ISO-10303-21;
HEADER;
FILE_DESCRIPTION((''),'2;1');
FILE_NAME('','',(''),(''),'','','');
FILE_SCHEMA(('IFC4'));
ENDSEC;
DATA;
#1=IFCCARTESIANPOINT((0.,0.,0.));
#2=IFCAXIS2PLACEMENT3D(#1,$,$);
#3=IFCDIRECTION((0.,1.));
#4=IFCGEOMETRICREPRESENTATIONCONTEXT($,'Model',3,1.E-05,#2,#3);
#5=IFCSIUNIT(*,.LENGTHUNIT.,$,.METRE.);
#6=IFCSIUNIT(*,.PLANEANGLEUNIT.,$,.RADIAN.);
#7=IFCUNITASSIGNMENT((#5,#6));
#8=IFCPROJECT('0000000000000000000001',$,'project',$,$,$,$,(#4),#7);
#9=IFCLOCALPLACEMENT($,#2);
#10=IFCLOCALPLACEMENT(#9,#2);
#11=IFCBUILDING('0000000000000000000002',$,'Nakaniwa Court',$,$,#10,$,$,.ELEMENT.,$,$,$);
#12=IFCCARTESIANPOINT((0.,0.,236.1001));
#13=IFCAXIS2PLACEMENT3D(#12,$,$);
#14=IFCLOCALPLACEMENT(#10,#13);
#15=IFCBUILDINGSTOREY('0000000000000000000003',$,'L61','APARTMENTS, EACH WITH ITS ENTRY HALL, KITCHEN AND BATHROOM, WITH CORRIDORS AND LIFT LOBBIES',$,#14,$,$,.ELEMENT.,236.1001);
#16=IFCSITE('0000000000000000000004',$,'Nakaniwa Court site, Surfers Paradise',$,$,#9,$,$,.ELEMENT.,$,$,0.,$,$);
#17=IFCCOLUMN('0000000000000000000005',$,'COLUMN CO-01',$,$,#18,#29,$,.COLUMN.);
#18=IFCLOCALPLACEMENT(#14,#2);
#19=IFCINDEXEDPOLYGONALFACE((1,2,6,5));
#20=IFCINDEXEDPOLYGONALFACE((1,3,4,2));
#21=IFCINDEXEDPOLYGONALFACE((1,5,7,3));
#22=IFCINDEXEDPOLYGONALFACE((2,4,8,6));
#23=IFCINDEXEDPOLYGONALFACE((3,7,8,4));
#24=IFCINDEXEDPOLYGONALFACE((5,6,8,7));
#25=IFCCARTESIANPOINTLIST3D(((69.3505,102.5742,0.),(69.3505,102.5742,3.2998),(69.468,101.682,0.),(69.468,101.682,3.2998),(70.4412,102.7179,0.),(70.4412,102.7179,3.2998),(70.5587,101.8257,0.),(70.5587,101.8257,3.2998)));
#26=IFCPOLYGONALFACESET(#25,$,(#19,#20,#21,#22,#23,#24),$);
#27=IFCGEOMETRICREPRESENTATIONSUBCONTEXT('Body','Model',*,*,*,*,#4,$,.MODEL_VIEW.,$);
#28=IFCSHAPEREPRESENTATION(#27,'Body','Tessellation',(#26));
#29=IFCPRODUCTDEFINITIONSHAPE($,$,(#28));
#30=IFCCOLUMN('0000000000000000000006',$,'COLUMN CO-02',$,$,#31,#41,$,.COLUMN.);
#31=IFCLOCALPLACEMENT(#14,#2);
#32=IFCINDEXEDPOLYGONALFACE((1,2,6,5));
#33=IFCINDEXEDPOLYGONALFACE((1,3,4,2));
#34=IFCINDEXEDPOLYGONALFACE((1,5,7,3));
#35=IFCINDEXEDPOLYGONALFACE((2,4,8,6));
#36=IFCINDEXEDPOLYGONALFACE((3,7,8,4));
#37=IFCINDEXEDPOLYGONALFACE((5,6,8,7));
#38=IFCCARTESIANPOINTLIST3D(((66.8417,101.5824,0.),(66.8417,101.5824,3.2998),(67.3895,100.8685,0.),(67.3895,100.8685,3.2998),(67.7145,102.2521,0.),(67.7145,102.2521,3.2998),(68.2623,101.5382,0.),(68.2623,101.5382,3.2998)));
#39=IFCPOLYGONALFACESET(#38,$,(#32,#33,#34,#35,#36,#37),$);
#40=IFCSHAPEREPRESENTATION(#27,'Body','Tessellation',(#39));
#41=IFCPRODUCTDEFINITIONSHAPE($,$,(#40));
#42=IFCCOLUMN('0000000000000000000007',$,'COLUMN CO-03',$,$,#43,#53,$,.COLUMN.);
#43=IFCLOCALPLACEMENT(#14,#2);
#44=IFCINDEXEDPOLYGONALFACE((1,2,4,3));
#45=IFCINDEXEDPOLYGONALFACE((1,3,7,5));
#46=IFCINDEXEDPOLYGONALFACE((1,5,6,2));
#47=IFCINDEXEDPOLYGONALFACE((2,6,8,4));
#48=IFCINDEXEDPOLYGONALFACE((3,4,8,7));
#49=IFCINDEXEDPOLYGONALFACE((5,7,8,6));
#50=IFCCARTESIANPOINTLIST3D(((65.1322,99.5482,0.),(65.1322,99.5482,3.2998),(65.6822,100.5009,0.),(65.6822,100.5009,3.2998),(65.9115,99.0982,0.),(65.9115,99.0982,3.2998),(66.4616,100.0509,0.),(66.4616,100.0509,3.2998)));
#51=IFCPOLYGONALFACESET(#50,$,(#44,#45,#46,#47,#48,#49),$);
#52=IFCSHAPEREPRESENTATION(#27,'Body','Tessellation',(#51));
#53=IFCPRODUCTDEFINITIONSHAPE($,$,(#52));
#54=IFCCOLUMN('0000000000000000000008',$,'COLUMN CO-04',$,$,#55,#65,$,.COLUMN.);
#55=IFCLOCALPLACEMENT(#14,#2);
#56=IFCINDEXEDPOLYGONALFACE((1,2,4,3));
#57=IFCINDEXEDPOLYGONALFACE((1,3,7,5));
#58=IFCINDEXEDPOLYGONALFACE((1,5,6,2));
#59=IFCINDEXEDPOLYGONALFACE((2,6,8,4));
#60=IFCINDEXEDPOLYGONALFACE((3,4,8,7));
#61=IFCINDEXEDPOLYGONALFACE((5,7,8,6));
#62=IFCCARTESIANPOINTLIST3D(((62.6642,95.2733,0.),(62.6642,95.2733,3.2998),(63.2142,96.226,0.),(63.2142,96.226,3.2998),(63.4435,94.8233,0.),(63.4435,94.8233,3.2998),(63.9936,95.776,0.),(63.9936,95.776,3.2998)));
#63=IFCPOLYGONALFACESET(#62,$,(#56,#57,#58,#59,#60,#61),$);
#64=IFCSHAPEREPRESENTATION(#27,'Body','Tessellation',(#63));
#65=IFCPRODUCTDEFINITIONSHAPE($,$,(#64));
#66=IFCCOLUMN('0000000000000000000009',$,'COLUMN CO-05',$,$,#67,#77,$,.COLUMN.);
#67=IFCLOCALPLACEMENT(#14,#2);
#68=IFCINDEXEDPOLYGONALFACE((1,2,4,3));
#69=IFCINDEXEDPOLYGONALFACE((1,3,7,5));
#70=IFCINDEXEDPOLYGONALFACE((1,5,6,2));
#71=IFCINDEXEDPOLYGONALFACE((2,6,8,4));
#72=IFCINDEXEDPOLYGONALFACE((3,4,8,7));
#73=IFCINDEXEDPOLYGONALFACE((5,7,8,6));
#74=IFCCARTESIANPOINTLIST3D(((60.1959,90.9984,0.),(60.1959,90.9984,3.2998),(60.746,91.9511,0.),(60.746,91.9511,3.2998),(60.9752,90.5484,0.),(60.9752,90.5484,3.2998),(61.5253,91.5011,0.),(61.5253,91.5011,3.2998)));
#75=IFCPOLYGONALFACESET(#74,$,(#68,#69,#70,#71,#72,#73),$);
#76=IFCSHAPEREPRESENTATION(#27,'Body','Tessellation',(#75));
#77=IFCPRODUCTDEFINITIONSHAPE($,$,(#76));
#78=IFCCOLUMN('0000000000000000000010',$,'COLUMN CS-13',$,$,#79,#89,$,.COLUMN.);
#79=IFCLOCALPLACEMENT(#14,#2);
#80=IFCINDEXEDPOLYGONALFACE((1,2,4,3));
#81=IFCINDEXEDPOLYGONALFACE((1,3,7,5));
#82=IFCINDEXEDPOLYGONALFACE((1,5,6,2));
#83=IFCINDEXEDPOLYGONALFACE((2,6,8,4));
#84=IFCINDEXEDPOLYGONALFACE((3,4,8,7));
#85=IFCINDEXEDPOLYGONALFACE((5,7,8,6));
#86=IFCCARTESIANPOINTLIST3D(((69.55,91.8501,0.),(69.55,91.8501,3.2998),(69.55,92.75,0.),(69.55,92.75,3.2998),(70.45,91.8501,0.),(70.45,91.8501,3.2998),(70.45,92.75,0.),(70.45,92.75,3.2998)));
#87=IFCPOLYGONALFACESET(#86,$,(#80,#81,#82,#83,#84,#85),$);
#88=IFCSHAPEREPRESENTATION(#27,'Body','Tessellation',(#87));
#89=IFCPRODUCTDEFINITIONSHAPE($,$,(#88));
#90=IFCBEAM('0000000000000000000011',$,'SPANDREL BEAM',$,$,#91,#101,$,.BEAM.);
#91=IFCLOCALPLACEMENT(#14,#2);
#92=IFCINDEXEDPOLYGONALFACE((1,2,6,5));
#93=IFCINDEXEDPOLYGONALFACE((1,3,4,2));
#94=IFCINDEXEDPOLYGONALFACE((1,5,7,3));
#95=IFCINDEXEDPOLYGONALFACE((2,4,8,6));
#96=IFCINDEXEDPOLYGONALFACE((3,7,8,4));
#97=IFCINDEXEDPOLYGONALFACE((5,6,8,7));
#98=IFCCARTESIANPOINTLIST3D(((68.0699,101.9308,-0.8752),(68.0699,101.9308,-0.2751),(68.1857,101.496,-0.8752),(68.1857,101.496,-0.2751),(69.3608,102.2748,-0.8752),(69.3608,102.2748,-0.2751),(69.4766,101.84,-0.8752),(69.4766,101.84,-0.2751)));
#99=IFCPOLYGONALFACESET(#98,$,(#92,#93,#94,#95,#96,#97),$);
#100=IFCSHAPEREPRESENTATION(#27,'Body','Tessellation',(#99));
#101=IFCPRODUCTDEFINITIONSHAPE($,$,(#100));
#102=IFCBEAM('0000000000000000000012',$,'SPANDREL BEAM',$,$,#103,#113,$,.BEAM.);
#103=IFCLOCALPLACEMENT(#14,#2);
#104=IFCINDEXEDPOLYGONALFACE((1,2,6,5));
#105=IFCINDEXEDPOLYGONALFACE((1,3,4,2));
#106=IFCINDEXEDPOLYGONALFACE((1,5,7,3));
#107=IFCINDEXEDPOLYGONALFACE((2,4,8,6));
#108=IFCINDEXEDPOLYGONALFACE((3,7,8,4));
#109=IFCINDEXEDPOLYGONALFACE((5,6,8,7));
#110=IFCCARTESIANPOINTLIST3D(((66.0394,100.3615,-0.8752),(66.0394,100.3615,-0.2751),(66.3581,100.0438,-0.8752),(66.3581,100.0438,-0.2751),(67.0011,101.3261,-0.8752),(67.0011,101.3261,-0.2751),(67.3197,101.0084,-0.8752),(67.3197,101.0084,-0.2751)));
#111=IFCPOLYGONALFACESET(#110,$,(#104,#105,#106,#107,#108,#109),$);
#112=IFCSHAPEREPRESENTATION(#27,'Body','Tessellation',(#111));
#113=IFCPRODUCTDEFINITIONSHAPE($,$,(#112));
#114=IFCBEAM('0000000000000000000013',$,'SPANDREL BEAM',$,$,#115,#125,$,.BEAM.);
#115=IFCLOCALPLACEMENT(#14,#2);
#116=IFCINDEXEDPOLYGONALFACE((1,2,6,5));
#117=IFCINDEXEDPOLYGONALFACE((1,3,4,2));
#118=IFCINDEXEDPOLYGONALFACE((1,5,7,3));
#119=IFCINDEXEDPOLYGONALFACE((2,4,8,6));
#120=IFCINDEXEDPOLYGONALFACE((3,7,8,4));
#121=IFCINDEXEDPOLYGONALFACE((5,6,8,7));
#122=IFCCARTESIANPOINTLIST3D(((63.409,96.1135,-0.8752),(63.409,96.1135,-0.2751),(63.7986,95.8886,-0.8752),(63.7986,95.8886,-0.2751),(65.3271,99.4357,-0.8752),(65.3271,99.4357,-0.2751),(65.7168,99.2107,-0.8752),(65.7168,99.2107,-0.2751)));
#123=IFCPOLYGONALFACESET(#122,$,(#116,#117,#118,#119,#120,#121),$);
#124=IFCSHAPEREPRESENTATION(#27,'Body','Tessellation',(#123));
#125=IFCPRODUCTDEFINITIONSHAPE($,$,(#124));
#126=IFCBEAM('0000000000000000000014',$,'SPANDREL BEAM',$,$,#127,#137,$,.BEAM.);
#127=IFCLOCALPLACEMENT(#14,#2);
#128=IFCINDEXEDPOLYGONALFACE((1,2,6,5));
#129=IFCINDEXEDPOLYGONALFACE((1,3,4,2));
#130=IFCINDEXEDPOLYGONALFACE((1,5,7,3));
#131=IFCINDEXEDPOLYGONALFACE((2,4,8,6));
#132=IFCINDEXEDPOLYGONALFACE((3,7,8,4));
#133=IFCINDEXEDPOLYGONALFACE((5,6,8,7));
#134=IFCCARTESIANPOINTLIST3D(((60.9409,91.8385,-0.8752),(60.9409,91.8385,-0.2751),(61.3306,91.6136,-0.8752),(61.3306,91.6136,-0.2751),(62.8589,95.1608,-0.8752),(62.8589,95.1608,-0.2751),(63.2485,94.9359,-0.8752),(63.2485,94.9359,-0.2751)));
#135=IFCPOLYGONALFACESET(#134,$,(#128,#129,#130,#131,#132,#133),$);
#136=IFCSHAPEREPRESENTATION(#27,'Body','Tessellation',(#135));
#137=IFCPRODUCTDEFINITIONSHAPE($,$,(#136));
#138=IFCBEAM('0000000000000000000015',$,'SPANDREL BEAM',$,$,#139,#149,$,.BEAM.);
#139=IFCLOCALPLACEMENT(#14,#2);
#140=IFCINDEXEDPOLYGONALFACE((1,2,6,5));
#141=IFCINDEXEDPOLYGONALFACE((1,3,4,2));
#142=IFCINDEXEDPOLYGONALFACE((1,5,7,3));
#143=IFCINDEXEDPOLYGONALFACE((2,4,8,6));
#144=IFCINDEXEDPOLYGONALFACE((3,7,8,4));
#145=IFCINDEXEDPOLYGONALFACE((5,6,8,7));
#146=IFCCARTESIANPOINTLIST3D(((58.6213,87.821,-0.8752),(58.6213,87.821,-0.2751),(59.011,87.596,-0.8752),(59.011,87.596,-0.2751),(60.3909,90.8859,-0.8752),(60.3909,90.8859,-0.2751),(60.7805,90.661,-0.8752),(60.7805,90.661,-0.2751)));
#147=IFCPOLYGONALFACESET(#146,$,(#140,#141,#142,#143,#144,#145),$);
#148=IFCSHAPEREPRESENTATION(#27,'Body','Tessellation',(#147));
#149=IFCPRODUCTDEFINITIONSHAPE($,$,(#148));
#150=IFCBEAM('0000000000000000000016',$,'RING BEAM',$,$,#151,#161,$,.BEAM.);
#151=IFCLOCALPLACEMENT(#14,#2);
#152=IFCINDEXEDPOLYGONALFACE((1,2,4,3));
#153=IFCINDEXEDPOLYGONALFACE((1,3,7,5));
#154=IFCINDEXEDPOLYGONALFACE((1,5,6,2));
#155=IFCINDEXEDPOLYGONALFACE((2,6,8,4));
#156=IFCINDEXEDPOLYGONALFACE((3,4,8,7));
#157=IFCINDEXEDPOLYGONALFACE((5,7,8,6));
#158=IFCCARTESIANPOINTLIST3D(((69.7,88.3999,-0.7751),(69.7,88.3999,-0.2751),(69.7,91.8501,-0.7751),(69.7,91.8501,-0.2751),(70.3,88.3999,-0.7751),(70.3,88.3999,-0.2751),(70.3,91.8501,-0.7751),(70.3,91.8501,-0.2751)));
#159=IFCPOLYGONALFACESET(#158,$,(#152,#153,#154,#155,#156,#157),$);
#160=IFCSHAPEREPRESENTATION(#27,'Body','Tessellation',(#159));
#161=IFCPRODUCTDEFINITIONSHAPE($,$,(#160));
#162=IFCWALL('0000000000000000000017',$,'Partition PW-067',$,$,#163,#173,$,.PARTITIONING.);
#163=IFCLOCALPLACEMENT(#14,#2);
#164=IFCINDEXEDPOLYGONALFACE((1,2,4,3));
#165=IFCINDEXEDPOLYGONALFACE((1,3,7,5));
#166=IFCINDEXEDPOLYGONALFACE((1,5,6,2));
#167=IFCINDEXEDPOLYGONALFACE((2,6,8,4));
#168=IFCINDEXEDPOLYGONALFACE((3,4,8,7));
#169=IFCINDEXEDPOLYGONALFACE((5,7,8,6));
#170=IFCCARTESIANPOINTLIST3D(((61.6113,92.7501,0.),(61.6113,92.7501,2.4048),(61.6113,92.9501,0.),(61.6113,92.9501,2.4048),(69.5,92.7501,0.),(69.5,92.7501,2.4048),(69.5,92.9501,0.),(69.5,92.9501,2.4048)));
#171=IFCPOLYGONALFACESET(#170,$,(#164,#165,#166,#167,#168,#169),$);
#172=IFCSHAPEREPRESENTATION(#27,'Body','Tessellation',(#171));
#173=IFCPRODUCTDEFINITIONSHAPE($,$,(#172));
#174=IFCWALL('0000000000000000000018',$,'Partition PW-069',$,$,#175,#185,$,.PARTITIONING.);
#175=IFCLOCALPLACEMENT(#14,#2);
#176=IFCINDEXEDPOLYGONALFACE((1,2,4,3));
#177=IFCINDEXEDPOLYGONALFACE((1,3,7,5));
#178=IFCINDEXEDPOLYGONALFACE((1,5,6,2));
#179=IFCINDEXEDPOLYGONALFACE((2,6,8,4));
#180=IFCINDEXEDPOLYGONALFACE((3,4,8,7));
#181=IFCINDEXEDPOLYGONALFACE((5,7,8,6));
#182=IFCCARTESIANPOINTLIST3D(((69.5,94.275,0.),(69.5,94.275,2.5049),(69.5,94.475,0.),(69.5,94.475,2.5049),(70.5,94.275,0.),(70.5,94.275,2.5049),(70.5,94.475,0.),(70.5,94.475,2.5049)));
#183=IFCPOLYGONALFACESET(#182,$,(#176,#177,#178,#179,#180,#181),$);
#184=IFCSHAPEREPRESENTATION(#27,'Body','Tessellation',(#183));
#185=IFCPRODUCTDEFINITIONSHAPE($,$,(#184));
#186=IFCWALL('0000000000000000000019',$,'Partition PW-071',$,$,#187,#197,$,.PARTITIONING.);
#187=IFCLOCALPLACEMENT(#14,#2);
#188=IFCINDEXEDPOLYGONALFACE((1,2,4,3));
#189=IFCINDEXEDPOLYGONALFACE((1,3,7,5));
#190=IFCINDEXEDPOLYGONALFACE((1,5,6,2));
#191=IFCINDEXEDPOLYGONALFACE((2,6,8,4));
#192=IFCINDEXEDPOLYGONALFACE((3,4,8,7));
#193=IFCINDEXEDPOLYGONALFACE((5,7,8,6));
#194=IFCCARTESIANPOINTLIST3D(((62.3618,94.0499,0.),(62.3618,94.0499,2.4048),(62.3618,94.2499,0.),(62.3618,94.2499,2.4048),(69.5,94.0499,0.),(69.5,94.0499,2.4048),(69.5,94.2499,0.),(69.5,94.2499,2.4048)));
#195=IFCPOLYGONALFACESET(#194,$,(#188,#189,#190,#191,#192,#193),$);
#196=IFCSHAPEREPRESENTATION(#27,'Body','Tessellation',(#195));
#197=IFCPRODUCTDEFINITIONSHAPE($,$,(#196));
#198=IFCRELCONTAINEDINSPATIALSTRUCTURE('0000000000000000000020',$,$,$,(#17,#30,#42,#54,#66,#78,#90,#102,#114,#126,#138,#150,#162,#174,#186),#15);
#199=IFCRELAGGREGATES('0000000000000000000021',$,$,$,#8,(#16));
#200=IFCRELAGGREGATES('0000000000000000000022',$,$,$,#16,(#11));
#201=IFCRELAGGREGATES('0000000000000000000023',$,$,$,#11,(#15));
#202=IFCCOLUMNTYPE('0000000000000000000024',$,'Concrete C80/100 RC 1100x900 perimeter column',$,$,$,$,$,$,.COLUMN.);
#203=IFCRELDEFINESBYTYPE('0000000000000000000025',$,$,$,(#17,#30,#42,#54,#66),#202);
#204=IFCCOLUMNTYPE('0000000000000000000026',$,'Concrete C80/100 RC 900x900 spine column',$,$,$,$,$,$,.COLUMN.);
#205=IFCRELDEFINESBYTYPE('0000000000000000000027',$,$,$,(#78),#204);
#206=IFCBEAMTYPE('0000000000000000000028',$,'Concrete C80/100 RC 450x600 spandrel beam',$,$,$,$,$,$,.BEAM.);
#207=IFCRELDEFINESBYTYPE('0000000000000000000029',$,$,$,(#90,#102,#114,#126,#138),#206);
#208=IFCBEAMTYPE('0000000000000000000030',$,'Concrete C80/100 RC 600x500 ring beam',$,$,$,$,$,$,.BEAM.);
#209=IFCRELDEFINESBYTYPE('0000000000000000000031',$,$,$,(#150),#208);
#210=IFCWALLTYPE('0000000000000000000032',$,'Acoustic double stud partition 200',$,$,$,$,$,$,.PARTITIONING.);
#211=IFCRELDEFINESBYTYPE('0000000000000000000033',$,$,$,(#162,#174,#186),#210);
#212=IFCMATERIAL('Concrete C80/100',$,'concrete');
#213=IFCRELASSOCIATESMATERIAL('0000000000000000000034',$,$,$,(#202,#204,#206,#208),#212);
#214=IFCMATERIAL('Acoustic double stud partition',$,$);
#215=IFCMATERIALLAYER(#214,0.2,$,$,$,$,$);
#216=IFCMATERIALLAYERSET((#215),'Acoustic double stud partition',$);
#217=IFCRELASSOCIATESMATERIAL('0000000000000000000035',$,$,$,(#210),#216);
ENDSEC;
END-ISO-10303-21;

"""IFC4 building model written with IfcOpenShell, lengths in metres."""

from ifc_helpers import new_model, si_unit, direction, frame, frame_2d, origin, origin_2d, place, context, subcontext, project, spatial, rectangle, extrude, material, layer, layer_set, material_profile, profile_set, type_object, element, save


model = new_model("IFC4")

# Units and contexts
model_context = context("Model", 3, precision=1e-05, world=origin(), true_north=direction((0.0, 1.0)))
body_context = subcontext(model_context, "Body", "Model", "MODEL_VIEW")
ifc_project = project(units=[si_unit("LENGTHUNIT", "METRE"), si_unit("PLANEANGLEUNIT", "RADIAN")], contexts=[model_context])

# Site, building, storey
site_placement = place(None, origin())
site = spatial("IfcSite", under=ifc_project, at=site_placement, Name="Nakaniwa Court site, Surfers Paradise", CompositionType="ELEMENT", RefElevation=0.0)
building_placement = place(site_placement, origin())
building = spatial("IfcBuilding", under=site, at=building_placement, Name="Nakaniwa Court", CompositionType="ELEMENT")
storey_placement = place(building_placement, frame((0.0, 0.0, 236.1001)))
storey = spatial("IfcBuildingStorey", under=building, at=storey_placement, Name="L61", Description="APARTMENTS, EACH WITH ITS ENTRY HALL, KITCHEN AND BATHROOM, WITH CORRIDORS AND LIFT LOBBIES", CompositionType="ELEMENT", Elevation=236.1001)

# Columns
ifc_material_1 = material(Name="Concrete C80/100", Category="concrete")
ifc_material_profile_1 = material_profile(ifc_material_1, rectangle(XDim=1.1001, YDim=0.8999, at=origin_2d()), Name="Concrete C80/100 RC 1100x900 perimeter column")
ifc_profile_set_1 = profile_set([ifc_material_profile_1], Name="Concrete C80/100")
column_type_1 = type_object("IfcColumnType", Name="Concrete C80/100 RC 1100x900 perimeter column", PredefinedType="COLUMN", material=ifc_profile_set_1)
for number, where, z_axis, x_axis, name in (
    (1, (69.9546, 102.2, 0.0), (0.0, 0.0, 1.0), (-0.991443, -0.130543, 0.0), "COLUMN CO-01"),
    (2, (67.552, 101.5603, 0.0), (0.0, 0.0, 1.0), (-0.793364, -0.608748, 0.0), "COLUMN CO-02"),
    (3, (65.7969, 99.7996, 0.0), (0.0, 0.0, 1.0), (-0.5, -0.866025, 0.0), "COLUMN CO-03"),
    (4, (63.3289, 95.5247, 0.0), (0.0, 0.0, 1.0), (-0.5, -0.866025, 0.0), "COLUMN CO-04"),
    (5, (60.8606, 91.2498, 0.0), (0.0, 0.0, 1.0), (-0.5, -0.866025, 0.0), "COLUMN CO-05"),
):
    element("IfcColumn", number, at=place(storey_placement, frame(where, z_axis=z_axis, x_axis=x_axis)), inside=storey, type_object=column_type_1, Name=name, PredefinedType="COLUMN", context=body_context, shape_type="SweptSolid", body=[
        extrude(rectangle(XDim=1.1001, YDim=0.8999, at=origin_2d()), origin(), (0.0, 0.0, 1.0), 3.2998),
    ])
ifc_material_profile_2 = material_profile(ifc_material_1, rectangle(XDim=0.8999, YDim=0.8999, at=origin_2d()), Name="Concrete C80/100 RC 900x900 spine column")
ifc_profile_set_2 = profile_set([ifc_material_profile_2], Name="Concrete C80/100")
column_type_2 = type_object("IfcColumnType", Name="Concrete C80/100 RC 900x900 spine column", PredefinedType="COLUMN", material=ifc_profile_set_2)
column_placement = place(storey_placement, frame((70.0, 92.3, 0.0), z_axis=(0.0, 0.0, 1.0), x_axis=(0.0, -1.0, 0.0)))
element("IfcColumn", 6, at=column_placement, inside=storey, type_object=column_type_2, Name="COLUMN CS-13", PredefinedType="COLUMN", context=body_context, shape_type="SweptSolid", body=[
    extrude(rectangle(XDim=0.8999, YDim=0.8999, at=origin_2d()), origin(), (0.0, 0.0, 1.0), 3.2998),
])

# Beams
ifc_material_profile_3 = material_profile(ifc_material_1, rectangle(XDim=0.45, YDim=0.6001, at=origin_2d()), Name="Concrete C80/100 RC 450x600 spandrel beam")
ifc_profile_set_3 = profile_set([ifc_material_profile_3], Name="Concrete C80/100")
beam_type_1 = type_object("IfcBeamType", Name="Concrete C80/100 RC 450x600 spandrel beam", PredefinedType="BEAM", material=ifc_profile_set_3)
beam_1_placement = place(storey_placement, frame((69.4187, 102.0574, -0.5752), z_axis=(-0.966286, -0.257469, 0.0), x_axis=(0.257469, -0.966286, 0.0)))
element("IfcBeam", 7, at=beam_1_placement, inside=storey, type_object=beam_type_1, Name="SPANDREL BEAM", PredefinedType="BEAM", context=body_context, shape_type="SweptSolid", body=[
    extrude(rectangle(XDim=0.45, YDim=0.6001, at=origin_2d()), origin(), (0.0, 0.0, 1.0), 1.3359),
])
beam_2_placement = place(storey_placement, frame((67.1604, 101.1672, -0.5752), z_axis=(-0.706031, -0.708181, 0.0), x_axis=(0.708181, -0.706031, 0.0)))
element("IfcBeam", 8, at=beam_2_placement, inside=storey, type_object=beam_type_1, Name="SPANDREL BEAM", PredefinedType="BEAM", context=body_context, shape_type="SweptSolid", body=[
    extrude(rectangle(XDim=0.45, YDim=0.6001, at=origin_2d()), origin(), (0.0, 0.0, 1.0), 1.3621),
])
for number, where, z_axis, x_axis, name in (
    (9, (65.522, 99.3232, -0.5752), (-0.50002, -0.866014, 0.0), (0.866014, -0.50002, 0.0), "SPANDREL BEAM"),
    (10, (63.0537, 95.0483, -0.5752), (-0.499972, -0.866041, 0.0), (0.866041, -0.499972, 0.0), "SPANDREL BEAM"),
):
    element("IfcBeam", number, at=place(storey_placement, frame(where, z_axis=z_axis, x_axis=x_axis)), inside=storey, type_object=beam_type_1, Name=name, PredefinedType="BEAM", context=body_context, shape_type="SweptSolid", body=[
        extrude(rectangle(XDim=0.45, YDim=0.6001, at=origin_2d()), origin(), (0.0, 0.0, 1.0), 3.8362),
    ])
beam_3_placement = place(storey_placement, frame((60.5857, 90.7734, -0.5752), z_axis=(-0.499997, -0.866027, 0.0), x_axis=(0.866027, -0.499997, 0.0)))
element("IfcBeam", 11, at=beam_3_placement, inside=storey, type_object=beam_type_1, Name="SPANDREL BEAM", PredefinedType="BEAM", context=body_context, shape_type="SweptSolid", body=[
    extrude(rectangle(XDim=0.45, YDim=0.6001, at=origin_2d()), origin(), (0.0, 0.0, 1.0), 3.5391),
])
ifc_material_profile_4 = material_profile(ifc_material_1, rectangle(XDim=0.6001, YDim=0.5, at=origin_2d()), Name="Concrete C80/100 RC 600x500 ring beam")
ifc_profile_set_4 = profile_set([ifc_material_profile_4], Name="Concrete C80/100")
beam_type_2 = type_object("IfcBeamType", Name="Concrete C80/100 RC 600x500 ring beam", PredefinedType="BEAM", material=ifc_profile_set_4)
beam_4_placement = place(storey_placement, frame((70.0, 91.8501, -0.5251), z_axis=(0.0, -1.0, 0.0), x_axis=(1.0, 0.0, 0.0)))
element("IfcBeam", 12, at=beam_4_placement, inside=storey, type_object=beam_type_2, Name="RING BEAM", PredefinedType="BEAM", context=body_context, shape_type="SweptSolid", body=[
    extrude(rectangle(XDim=0.6001, YDim=0.5, at=origin_2d()), origin(), (0.0, 0.0, 1.0), 3.4502),
])

# Walls
ifc_material_2 = material(Name="Acoustic double stud partition")
ifc_layer_1 = layer(ifc_material_2, 0.2)
ifc_layer_set_1 = layer_set([ifc_layer_1], Name="Acoustic double stud partition")
wall_type_1 = type_object("IfcWallType", Name="Acoustic double stud partition 200", PredefinedType="PARTITIONING", material=ifc_layer_set_1)
wall_1_placement = place(storey_placement, frame((61.6113, 92.8501, 0.0), z_axis=(0.0, 0.0, 1.0), x_axis=(1.0, 0.0, 0.0)))
element("IfcWall", 13, at=wall_1_placement, inside=storey, type_object=wall_type_1, Name="Partition PW-067", PredefinedType="PARTITIONING", context=body_context, shape_type="SweptSolid", body=[
    extrude(rectangle(XDim=7.8887, YDim=0.2, at=frame_2d((3.9443, 0.0))), origin(), (0.0, 0.0, 1.0), 2.4048),
])
wall_2_placement = place(storey_placement, frame((69.5, 94.375, 0.0), z_axis=(0.0, 0.0, 1.0), x_axis=(1.0, 0.0, 0.0)))
element("IfcWall", 14, at=wall_2_placement, inside=storey, type_object=wall_type_1, Name="Partition PW-069", PredefinedType="PARTITIONING", context=body_context, shape_type="SweptSolid", body=[
    extrude(rectangle(XDim=1.0, YDim=0.2, at=frame_2d((0.5, 0.0))), origin(), (0.0, 0.0, 1.0), 2.5049),
])
wall_3_placement = place(storey_placement, frame((62.3618, 94.1499, 0.0), z_axis=(0.0, 0.0, 1.0), x_axis=(1.0, 0.0, 0.0)))
element("IfcWall", 15, at=wall_3_placement, inside=storey, type_object=wall_type_1, Name="Partition PW-071", PredefinedType="PARTITIONING", context=body_context, shape_type="SweptSolid", body=[
    extrude(rectangle(XDim=7.1382, YDim=0.2, at=frame_2d((3.5691, 0.0))), origin(), (0.0, 0.0, 1.0), 2.4048),
])

save(model, "model.ifc")
